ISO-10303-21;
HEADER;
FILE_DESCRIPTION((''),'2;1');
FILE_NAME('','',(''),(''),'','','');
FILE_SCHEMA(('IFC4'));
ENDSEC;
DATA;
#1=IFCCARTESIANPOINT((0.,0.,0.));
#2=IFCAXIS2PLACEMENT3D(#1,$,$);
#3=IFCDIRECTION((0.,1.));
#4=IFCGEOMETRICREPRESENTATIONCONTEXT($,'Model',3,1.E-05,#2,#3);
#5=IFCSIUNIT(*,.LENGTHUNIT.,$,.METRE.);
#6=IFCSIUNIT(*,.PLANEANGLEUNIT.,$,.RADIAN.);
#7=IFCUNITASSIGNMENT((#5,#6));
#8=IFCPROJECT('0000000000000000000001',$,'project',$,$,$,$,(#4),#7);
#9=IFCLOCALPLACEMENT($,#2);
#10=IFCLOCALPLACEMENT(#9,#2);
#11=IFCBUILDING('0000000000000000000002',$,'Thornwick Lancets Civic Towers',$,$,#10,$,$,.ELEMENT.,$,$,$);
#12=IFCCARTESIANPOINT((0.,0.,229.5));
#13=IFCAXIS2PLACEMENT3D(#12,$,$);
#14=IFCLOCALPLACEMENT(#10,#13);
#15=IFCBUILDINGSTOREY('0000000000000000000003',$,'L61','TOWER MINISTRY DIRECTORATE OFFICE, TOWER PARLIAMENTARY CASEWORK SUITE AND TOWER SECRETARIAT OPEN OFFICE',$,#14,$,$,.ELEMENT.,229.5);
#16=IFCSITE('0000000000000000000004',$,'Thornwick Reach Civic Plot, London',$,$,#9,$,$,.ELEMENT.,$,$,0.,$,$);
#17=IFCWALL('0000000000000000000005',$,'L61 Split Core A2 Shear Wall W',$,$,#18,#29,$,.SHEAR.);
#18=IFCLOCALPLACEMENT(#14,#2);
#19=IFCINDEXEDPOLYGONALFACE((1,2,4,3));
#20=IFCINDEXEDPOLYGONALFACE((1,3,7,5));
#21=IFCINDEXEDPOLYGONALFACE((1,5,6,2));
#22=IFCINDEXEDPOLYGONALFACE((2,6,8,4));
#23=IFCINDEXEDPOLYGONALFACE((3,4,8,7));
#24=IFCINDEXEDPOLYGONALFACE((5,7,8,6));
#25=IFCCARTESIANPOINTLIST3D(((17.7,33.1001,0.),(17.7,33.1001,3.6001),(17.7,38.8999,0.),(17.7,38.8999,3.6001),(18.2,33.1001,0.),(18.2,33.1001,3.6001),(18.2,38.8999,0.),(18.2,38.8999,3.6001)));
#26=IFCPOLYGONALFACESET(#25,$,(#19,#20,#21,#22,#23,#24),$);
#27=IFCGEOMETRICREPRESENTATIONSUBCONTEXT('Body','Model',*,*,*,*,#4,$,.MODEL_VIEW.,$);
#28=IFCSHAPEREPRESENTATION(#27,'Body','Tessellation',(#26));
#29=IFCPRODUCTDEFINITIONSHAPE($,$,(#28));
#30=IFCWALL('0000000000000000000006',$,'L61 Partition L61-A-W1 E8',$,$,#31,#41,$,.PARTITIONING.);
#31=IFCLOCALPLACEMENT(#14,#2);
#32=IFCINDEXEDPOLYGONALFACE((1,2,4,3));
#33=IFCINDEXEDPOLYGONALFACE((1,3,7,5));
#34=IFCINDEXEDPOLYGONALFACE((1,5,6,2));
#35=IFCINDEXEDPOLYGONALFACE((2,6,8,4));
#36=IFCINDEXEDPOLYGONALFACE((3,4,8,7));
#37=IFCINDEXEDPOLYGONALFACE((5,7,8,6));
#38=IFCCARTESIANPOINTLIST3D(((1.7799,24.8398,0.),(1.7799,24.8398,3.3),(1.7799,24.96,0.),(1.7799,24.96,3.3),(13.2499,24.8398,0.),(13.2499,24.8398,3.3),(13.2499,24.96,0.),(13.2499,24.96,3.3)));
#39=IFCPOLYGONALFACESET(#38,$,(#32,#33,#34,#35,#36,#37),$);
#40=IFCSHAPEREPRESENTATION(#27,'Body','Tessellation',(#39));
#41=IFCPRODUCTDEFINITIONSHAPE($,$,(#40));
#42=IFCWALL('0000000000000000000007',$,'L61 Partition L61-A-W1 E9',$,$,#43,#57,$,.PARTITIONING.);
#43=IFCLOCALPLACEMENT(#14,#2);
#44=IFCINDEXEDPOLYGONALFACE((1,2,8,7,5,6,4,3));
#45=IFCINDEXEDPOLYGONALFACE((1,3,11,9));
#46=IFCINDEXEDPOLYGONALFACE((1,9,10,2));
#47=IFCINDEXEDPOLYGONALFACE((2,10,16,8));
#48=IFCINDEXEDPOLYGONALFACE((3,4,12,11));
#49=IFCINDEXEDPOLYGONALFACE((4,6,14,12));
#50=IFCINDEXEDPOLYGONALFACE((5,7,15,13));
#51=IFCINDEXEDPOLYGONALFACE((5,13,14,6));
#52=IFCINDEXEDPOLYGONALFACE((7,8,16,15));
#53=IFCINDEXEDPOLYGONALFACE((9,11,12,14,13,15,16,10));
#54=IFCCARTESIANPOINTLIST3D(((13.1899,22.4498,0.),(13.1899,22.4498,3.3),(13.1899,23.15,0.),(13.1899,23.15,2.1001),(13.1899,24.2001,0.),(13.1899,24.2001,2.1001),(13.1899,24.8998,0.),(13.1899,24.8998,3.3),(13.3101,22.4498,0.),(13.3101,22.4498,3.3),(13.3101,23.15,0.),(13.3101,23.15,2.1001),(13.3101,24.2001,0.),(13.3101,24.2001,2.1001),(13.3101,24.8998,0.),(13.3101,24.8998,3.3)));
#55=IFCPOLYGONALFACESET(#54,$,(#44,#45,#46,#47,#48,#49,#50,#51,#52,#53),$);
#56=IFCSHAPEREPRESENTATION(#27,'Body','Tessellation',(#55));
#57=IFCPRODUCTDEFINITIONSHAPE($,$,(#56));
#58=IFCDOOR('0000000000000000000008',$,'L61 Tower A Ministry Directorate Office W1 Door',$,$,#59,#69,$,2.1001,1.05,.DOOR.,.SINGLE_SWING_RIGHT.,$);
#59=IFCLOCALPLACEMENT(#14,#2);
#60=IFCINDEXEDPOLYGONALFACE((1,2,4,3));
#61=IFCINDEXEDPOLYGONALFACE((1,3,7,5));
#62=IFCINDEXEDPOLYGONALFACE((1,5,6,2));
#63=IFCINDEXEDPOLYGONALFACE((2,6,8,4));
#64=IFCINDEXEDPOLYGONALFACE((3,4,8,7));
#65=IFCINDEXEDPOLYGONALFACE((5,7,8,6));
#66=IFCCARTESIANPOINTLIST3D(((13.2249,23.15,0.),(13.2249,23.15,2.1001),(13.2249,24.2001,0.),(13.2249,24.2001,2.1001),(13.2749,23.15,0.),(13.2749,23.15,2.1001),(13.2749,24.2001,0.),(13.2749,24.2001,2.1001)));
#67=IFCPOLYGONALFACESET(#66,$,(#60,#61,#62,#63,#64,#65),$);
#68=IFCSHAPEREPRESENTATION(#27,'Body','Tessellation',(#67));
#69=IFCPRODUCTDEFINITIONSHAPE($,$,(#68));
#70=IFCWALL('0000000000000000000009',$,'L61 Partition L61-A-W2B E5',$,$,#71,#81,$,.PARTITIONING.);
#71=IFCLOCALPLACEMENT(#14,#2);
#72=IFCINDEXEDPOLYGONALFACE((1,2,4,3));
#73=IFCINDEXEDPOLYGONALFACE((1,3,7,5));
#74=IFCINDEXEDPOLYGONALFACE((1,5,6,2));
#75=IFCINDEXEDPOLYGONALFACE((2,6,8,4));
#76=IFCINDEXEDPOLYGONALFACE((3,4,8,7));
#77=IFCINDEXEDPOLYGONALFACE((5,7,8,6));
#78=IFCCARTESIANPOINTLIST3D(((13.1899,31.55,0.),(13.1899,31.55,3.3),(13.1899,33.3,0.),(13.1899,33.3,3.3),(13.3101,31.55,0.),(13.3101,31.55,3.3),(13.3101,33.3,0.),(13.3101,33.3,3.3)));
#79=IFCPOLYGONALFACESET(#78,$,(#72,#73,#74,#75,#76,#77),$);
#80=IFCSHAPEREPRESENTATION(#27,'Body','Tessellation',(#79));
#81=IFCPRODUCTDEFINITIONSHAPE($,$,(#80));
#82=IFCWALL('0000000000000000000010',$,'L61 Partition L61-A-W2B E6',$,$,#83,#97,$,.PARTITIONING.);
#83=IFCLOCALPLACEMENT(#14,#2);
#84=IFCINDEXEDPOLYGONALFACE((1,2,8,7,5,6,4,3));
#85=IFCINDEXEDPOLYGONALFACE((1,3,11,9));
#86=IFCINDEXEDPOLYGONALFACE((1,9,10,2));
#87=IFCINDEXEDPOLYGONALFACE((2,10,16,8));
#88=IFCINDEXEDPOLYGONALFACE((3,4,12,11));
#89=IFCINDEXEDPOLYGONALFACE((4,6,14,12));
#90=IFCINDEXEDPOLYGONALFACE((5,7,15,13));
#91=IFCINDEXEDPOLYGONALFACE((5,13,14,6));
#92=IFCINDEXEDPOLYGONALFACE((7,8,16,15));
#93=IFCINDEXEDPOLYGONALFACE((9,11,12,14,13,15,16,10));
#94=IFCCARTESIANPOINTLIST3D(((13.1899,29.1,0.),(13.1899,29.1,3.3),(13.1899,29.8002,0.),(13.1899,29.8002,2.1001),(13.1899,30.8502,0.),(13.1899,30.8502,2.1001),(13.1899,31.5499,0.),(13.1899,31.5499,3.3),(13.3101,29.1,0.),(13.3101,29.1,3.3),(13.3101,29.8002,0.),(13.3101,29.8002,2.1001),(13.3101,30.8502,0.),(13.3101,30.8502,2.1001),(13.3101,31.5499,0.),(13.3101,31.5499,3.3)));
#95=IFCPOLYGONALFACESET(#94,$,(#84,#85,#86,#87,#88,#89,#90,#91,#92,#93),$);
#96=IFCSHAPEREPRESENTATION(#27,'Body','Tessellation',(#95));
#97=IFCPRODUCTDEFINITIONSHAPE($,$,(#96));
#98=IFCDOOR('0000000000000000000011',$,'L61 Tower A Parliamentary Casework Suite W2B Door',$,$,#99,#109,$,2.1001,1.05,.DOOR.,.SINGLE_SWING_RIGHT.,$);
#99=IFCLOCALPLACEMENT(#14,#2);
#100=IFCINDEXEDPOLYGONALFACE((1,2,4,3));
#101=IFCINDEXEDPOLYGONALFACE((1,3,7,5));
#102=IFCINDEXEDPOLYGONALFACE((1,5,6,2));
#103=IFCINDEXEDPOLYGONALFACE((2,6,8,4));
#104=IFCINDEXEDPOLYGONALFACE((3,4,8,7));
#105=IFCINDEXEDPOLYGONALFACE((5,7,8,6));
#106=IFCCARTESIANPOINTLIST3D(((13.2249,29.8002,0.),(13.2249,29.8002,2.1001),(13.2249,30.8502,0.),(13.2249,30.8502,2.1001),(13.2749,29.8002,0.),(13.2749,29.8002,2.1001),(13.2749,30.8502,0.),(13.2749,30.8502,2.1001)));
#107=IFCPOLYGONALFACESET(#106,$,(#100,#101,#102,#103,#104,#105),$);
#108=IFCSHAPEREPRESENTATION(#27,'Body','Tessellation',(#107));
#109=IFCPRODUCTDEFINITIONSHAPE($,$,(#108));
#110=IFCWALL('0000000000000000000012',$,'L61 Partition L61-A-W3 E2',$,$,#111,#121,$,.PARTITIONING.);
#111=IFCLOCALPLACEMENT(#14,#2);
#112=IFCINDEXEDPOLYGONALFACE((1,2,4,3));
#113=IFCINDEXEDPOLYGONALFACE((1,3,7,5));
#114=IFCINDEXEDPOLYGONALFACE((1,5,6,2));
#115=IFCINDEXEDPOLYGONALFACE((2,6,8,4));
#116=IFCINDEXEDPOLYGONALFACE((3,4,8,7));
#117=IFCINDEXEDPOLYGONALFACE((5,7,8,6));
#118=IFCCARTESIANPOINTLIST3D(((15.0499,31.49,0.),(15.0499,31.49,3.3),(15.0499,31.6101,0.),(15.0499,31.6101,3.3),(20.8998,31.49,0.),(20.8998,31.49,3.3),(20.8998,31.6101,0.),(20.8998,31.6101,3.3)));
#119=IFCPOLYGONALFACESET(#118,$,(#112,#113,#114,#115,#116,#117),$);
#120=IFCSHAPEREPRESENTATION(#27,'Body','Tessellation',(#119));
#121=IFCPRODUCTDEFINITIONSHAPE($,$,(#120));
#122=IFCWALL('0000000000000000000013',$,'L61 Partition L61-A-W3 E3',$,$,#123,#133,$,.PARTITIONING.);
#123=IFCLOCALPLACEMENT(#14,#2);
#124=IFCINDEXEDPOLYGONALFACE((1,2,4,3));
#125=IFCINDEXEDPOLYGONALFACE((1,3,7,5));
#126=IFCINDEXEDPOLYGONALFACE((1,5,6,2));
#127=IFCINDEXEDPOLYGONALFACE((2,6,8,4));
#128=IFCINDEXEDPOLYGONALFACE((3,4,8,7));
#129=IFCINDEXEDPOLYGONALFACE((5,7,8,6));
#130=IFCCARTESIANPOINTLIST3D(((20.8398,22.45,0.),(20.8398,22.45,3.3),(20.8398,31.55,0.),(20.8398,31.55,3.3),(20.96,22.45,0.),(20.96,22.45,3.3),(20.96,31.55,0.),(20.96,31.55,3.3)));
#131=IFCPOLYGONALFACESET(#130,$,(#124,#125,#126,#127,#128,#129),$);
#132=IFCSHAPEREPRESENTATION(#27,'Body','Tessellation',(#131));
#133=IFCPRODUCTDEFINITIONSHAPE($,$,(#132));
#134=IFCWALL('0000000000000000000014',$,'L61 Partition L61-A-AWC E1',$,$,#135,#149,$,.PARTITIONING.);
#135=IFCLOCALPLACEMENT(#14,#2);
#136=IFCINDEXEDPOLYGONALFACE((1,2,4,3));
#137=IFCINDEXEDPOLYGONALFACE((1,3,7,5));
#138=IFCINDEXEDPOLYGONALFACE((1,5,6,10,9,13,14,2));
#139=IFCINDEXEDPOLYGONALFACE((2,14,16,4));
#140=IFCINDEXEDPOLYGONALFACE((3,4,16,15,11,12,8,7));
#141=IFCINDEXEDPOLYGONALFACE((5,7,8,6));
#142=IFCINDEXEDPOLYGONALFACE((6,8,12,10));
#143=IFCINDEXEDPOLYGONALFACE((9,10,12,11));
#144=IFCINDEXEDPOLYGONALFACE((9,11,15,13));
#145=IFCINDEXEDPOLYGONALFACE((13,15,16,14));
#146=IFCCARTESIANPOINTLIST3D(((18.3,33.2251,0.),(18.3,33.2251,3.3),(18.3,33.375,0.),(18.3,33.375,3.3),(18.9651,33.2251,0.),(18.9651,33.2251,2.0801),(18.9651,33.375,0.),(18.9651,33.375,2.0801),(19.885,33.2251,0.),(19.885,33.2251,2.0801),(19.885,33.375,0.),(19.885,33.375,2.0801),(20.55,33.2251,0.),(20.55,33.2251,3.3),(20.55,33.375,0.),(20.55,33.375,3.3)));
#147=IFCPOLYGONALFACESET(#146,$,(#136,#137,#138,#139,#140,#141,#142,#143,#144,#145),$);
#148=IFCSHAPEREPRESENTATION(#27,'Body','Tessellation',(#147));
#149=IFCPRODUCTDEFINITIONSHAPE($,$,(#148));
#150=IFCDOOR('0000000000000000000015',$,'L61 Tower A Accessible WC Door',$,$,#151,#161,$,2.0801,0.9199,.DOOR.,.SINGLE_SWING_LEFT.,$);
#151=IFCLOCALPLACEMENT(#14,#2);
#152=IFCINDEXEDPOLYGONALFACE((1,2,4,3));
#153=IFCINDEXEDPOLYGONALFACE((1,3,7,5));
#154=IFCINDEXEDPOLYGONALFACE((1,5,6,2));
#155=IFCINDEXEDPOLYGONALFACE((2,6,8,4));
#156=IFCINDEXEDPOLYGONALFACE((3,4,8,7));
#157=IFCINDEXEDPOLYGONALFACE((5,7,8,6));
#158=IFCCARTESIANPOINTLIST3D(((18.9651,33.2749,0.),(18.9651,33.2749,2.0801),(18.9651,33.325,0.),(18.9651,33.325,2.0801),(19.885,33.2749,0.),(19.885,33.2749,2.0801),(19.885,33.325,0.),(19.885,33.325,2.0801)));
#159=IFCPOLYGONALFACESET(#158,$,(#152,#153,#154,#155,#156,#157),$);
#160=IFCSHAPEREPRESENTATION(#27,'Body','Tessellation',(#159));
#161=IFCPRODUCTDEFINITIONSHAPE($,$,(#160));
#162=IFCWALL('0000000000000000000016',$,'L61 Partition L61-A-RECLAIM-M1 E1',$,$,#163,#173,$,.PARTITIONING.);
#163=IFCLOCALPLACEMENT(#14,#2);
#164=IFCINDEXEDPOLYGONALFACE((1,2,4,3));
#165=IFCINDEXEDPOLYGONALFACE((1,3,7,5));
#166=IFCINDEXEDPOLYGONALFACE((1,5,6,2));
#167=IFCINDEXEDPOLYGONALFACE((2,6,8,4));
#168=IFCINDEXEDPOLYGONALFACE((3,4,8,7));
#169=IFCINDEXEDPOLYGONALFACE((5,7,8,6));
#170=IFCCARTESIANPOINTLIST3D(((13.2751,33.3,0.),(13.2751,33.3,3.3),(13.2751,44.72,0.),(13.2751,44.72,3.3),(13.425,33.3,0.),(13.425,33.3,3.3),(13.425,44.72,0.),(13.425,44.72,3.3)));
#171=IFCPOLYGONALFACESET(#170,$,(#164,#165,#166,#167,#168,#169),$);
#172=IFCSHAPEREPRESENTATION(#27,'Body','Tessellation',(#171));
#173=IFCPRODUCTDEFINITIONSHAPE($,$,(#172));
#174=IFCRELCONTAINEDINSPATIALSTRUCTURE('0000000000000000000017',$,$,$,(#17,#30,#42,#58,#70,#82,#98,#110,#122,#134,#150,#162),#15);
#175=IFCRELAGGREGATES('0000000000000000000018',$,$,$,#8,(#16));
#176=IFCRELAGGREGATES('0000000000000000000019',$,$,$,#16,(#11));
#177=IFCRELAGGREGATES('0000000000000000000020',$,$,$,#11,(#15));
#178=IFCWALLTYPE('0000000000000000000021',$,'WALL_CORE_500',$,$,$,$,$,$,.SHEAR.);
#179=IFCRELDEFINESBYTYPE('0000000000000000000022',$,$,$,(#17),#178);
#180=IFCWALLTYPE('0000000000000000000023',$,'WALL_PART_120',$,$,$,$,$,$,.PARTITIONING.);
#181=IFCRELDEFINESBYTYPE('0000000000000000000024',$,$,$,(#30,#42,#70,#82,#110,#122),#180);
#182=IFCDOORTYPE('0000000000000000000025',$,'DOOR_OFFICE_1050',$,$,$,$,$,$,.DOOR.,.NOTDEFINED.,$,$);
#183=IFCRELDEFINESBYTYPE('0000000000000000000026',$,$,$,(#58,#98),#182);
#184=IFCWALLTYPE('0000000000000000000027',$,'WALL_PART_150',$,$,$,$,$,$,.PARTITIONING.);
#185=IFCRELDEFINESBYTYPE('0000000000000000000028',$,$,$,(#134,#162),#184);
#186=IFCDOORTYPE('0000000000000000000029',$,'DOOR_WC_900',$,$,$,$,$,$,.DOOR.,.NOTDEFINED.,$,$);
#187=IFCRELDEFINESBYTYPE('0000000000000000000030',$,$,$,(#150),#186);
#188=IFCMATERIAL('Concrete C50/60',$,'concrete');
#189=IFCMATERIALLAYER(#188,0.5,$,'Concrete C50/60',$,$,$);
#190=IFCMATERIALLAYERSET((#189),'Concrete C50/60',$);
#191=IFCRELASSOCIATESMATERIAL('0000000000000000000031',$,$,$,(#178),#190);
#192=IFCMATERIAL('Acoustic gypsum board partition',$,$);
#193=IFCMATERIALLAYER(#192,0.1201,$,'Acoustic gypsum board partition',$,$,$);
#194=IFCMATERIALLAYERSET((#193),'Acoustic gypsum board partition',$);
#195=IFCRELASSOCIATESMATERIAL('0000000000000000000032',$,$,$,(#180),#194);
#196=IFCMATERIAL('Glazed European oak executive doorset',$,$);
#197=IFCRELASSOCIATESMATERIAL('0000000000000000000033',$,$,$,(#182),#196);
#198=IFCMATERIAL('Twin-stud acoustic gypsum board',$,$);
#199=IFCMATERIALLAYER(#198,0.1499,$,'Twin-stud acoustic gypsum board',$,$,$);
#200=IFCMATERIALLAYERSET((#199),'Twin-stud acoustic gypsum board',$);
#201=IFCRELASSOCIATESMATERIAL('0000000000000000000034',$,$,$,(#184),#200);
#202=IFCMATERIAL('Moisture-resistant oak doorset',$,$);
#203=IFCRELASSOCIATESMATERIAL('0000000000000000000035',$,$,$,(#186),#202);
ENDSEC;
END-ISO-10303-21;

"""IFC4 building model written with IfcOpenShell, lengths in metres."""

from ifc_helpers import new_model, si_unit, direction, frame, frame_2d, origin, place, context, subcontext, project, spatial, rectangle, extrude, material, layer, layer_set, type_object, element, fill, save


model = new_model("IFC4")

# Units and contexts
model_context = context("Model", 3, precision=1e-05, world=origin(), true_north=direction((0.0, 1.0)))
body_context = subcontext(model_context, "Body", "Model", "MODEL_VIEW")
ifc_project = project(units=[si_unit("LENGTHUNIT", "METRE"), si_unit("PLANEANGLEUNIT", "RADIAN")], contexts=[model_context])

# Site, building, storey
site_placement = place(None, origin())
site = spatial("IfcSite", under=ifc_project, at=site_placement, Name="Thornwick Reach Civic Plot, London", CompositionType="ELEMENT", RefElevation=0.0)
building_placement = place(site_placement, origin())
building = spatial("IfcBuilding", under=site, at=building_placement, Name="Thornwick Lancets Civic Towers", CompositionType="ELEMENT")
storey_placement = place(building_placement, frame((0.0, 0.0, 229.5)))
storey = spatial("IfcBuildingStorey", under=building, at=storey_placement, Name="L61", Description="TOWER MINISTRY DIRECTORATE OFFICE, TOWER PARLIAMENTARY CASEWORK SUITE AND TOWER SECRETARIAT OPEN OFFICE", CompositionType="ELEMENT", Elevation=229.5)

# Shared definitions
ifc_material_1 = material(Name="Concrete C50/60", Category="concrete")

# Walls
ifc_layer_1 = layer(ifc_material_1, 0.5, Name="Concrete C50/60")
ifc_layer_set_1 = layer_set([ifc_layer_1], Name="Concrete C50/60")
wall_type_1 = type_object("IfcWallType", Name="WALL_CORE_500", PredefinedType="SHEAR", material=ifc_layer_set_1)
wall_1_placement = place(storey_placement, frame((17.95, 33.1001, 0.0), z_axis=(0.0, 0.0, 1.0), x_axis=(0.0, 1.0, 0.0)))
element("IfcWall", 1, at=wall_1_placement, inside=storey, type_object=wall_type_1, Name="L61 Split Core A2 Shear Wall W", PredefinedType="SHEAR", context=body_context, shape_type="SweptSolid", body=[
    extrude(rectangle(XDim=5.7998, YDim=0.5, at=frame_2d((2.8999, 0.0))), origin(), (0.0, 0.0, 1.0), 3.6001),
])
ifc_material_2 = material(Name="Acoustic gypsum board partition")
ifc_layer_2 = layer(ifc_material_2, 0.1201, Name="Acoustic gypsum board partition")
ifc_layer_set_2 = layer_set([ifc_layer_2], Name="Acoustic gypsum board partition")
wall_type_2 = type_object("IfcWallType", Name="WALL_PART_120", PredefinedType="PARTITIONING", material=ifc_layer_set_2)
wall_2_placement = place(storey_placement, frame((1.78, 24.8999, 0.0), z_axis=(0.0, 0.0, 1.0), x_axis=(1.0, 0.0, 0.0)))
element("IfcWall", 2, at=wall_2_placement, inside=storey, type_object=wall_type_2, Name="L61 Partition L61-A-W1 E8", PredefinedType="PARTITIONING", context=body_context, shape_type="SweptSolid", body=[
    extrude(rectangle(XDim=11.47, YDim=0.1201, at=frame_2d((5.7349, 0.0))), origin(), (0.0, 0.0, 1.0), 3.3),
])

# Wall, opening, door
wall_3_placement = place(storey_placement, frame((13.25, 24.8999, 0.0), z_axis=(0.0, 0.0, 1.0), x_axis=(0.0, -1.0, 0.0)))
wall_3 = element("IfcWall", 3, at=wall_3_placement, inside=storey, type_object=wall_type_2, Name="L61 Partition L61-A-W1 E9", PredefinedType="PARTITIONING", context=body_context, shape_type="SweptSolid", body=[
    extrude(rectangle(XDim=2.45, YDim=0.1201, at=frame_2d((1.2251, 0.0))), origin(), (0.0, 0.0, 1.0), 3.3),
])
opening_1_placement = place(wall_3_placement, frame((0.7, 0.0, 0.0)))
opening_1 = element("IfcOpeningElement", 4, at=opening_1_placement, cuts=wall_3, PredefinedType="OPENING", context=body_context, shape_type="SweptSolid", body=[
    extrude(rectangle(XDim=1.05, YDim=2.1001, at=frame_2d((0.5249, 1.05))), frame((0.0, 0.0701, 0.0), z_axis=(0.0, -1.0, 0.0), x_axis=(1.0, 0.0, 0.0)), (0.0, 0.0, 1.0), 0.1401),
])
ifc_material_3 = material(Name="Glazed European oak executive doorset")
door_type_1 = type_object("IfcDoorType", Name="DOOR_OFFICE_1050", OperationType="NOTDEFINED", PredefinedType="DOOR", material=ifc_material_3)
door_1_placement = place(opening_1_placement, origin())
door_1 = element("IfcDoor", 5, at=door_1_placement, inside=storey, type_object=door_type_1, Name="L61 Tower A Ministry Directorate Office W1 Door", OperationType="SINGLE_SWING_RIGHT", OverallHeight=2.1001, OverallWidth=1.05, PredefinedType="DOOR", context=body_context, shape_type="SweptSolid", body=[
    extrude(rectangle(XDim=1.05, YDim=2.1001, at=frame_2d((0.5249, 1.05))), frame((0.0, 0.0249, 0.0), z_axis=(0.0, -1.0, 0.0), x_axis=(1.0, 0.0, 0.0)), (0.0, 0.0, 1.0), 0.05),
])
fill(opening_1, door_1)

# Wall
wall_4_placement = place(storey_placement, frame((13.25, 33.3, 0.0), z_axis=(0.0, 0.0, 1.0), x_axis=(0.0, -1.0, 0.0)))
element("IfcWall", 6, at=wall_4_placement, inside=storey, type_object=wall_type_2, Name="L61 Partition L61-A-W2B E5", PredefinedType="PARTITIONING", context=body_context, shape_type="SweptSolid", body=[
    extrude(rectangle(XDim=1.75, YDim=0.1201, at=frame_2d((0.875, 0.0))), origin(), (0.0, 0.0, 1.0), 3.3),
])

# Wall, opening, door
wall_5_placement = place(storey_placement, frame((13.25, 31.55, 0.0), z_axis=(0.0, 0.0, 1.0), x_axis=(0.0, -1.0, 0.0)))
wall_5 = element("IfcWall", 7, at=wall_5_placement, inside=storey, type_object=wall_type_2, Name="L61 Partition L61-A-W2B E6", PredefinedType="PARTITIONING", context=body_context, shape_type="SweptSolid", body=[
    extrude(rectangle(XDim=2.45, YDim=0.1201, at=frame_2d((1.2251, 0.0))), origin(), (0.0, 0.0, 1.0), 3.3),
])
opening_2_placement = place(wall_5_placement, frame((0.7, 0.0, 0.0)))
opening_2 = element("IfcOpeningElement", 8, at=opening_2_placement, cuts=wall_5, PredefinedType="OPENING", context=body_context, shape_type="SweptSolid", body=[
    extrude(rectangle(XDim=1.05, YDim=2.1001, at=frame_2d((0.5249, 1.05))), frame((0.0, 0.0701, 0.0), z_axis=(0.0, -1.0, 0.0), x_axis=(1.0, 0.0, 0.0)), (0.0, 0.0, 1.0), 0.1401),
])
door_2_placement = place(opening_2_placement, origin())
door_2 = element("IfcDoor", 9, at=door_2_placement, inside=storey, type_object=door_type_1, Name="L61 Tower A Parliamentary Casework Suite W2B Door", OperationType="SINGLE_SWING_RIGHT", OverallHeight=2.1001, OverallWidth=1.05, PredefinedType="DOOR", context=body_context, shape_type="SweptSolid", body=[
    extrude(rectangle(XDim=1.05, YDim=2.1001, at=frame_2d((0.5249, 1.05))), frame((0.0, 0.0249, 0.0), z_axis=(0.0, -1.0, 0.0), x_axis=(1.0, 0.0, 0.0)), (0.0, 0.0, 1.0), 0.05),
])
fill(opening_2, door_2)

# Walls
wall_6_placement = place(storey_placement, frame((15.05, 31.55, 0.0), z_axis=(0.0, 0.0, 1.0), x_axis=(1.0, 0.0, 0.0)))
element("IfcWall", 10, at=wall_6_placement, inside=storey, type_object=wall_type_2, Name="L61 Partition L61-A-W3 E2", PredefinedType="PARTITIONING", context=body_context, shape_type="SweptSolid", body=[
    extrude(rectangle(XDim=5.8499, YDim=0.1201, at=frame_2d((2.9248, 0.0))), origin(), (0.0, 0.0, 1.0), 3.3),
])
wall_7_placement = place(storey_placement, frame((20.8999, 31.55, 0.0), z_axis=(0.0, 0.0, 1.0), x_axis=(0.0, -1.0, 0.0)))
element("IfcWall", 11, at=wall_7_placement, inside=storey, type_object=wall_type_2, Name="L61 Partition L61-A-W3 E3", PredefinedType="PARTITIONING", context=body_context, shape_type="SweptSolid", body=[
    extrude(rectangle(XDim=9.1001, YDim=0.1201, at=frame_2d((4.55, 0.0))), origin(), (0.0, 0.0, 1.0), 3.3),
])

# Wall, opening, door
ifc_material_4 = material(Name="Twin-stud acoustic gypsum board")
ifc_layer_3 = layer(ifc_material_4, 0.1499, Name="Twin-stud acoustic gypsum board")
ifc_layer_set_3 = layer_set([ifc_layer_3], Name="Twin-stud acoustic gypsum board")
wall_type_3 = type_object("IfcWallType", Name="WALL_PART_150", PredefinedType="PARTITIONING", material=ifc_layer_set_3)
wall_8_placement = place(storey_placement, frame((18.3, 33.3, 0.0), z_axis=(0.0, 0.0, 1.0), x_axis=(1.0, 0.0, 0.0)))
wall_8 = element("IfcWall", 12, at=wall_8_placement, inside=storey, type_object=wall_type_3, Name="L61 Partition L61-A-AWC E1", PredefinedType="PARTITIONING", context=body_context, shape_type="SweptSolid", body=[
    extrude(rectangle(XDim=2.25, YDim=0.1499, at=frame_2d((1.125, 0.0))), origin(), (0.0, 0.0, 1.0), 3.3),
])
opening_3_placement = place(wall_8_placement, frame((0.665, 0.0, 0.0)))
opening_3 = element("IfcOpeningElement", 13, at=opening_3_placement, cuts=wall_8, PredefinedType="OPENING", context=body_context, shape_type="SweptSolid", body=[
    extrude(rectangle(XDim=0.9199, YDim=2.0801, at=frame_2d((0.46, 1.04))), frame((0.0, 0.085, 0.0), z_axis=(0.0, -1.0, 0.0), x_axis=(1.0, 0.0, 0.0)), (0.0, 0.0, 1.0), 0.1699),
])
ifc_material_5 = material(Name="Moisture-resistant oak doorset")
door_type_2 = type_object("IfcDoorType", Name="DOOR_WC_900", OperationType="NOTDEFINED", PredefinedType="DOOR", material=ifc_material_5)
door_3_placement = place(opening_3_placement, origin())
door_3 = element("IfcDoor", 14, at=door_3_placement, inside=storey, type_object=door_type_2, Name="L61 Tower A Accessible WC Door", OperationType="SINGLE_SWING_LEFT", OverallHeight=2.0801, OverallWidth=0.9199, PredefinedType="DOOR", context=body_context, shape_type="SweptSolid", body=[
    extrude(rectangle(XDim=0.9199, YDim=2.0801, at=frame_2d((0.46, 1.04))), frame((0.0, 0.0249, 0.0), z_axis=(0.0, -1.0, 0.0), x_axis=(1.0, 0.0, 0.0)), (0.0, 0.0, 1.0), 0.05),
])
fill(opening_3, door_3)

# Wall
wall_9_placement = place(storey_placement, frame((13.3501, 33.3, 0.0), z_axis=(0.0, 0.0, 1.0), x_axis=(0.0, 1.0, 0.0)))
element("IfcWall", 15, at=wall_9_placement, inside=storey, type_object=wall_type_3, Name="L61 Partition L61-A-RECLAIM-M1 E1", PredefinedType="PARTITIONING", context=body_context, shape_type="SweptSolid", body=[
    extrude(rectangle(XDim=11.4199, YDim=0.1499, at=frame_2d((5.71, 0.0))), origin(), (0.0, 0.0, 1.0), 3.3),
])

save(model, "model.ifc")
